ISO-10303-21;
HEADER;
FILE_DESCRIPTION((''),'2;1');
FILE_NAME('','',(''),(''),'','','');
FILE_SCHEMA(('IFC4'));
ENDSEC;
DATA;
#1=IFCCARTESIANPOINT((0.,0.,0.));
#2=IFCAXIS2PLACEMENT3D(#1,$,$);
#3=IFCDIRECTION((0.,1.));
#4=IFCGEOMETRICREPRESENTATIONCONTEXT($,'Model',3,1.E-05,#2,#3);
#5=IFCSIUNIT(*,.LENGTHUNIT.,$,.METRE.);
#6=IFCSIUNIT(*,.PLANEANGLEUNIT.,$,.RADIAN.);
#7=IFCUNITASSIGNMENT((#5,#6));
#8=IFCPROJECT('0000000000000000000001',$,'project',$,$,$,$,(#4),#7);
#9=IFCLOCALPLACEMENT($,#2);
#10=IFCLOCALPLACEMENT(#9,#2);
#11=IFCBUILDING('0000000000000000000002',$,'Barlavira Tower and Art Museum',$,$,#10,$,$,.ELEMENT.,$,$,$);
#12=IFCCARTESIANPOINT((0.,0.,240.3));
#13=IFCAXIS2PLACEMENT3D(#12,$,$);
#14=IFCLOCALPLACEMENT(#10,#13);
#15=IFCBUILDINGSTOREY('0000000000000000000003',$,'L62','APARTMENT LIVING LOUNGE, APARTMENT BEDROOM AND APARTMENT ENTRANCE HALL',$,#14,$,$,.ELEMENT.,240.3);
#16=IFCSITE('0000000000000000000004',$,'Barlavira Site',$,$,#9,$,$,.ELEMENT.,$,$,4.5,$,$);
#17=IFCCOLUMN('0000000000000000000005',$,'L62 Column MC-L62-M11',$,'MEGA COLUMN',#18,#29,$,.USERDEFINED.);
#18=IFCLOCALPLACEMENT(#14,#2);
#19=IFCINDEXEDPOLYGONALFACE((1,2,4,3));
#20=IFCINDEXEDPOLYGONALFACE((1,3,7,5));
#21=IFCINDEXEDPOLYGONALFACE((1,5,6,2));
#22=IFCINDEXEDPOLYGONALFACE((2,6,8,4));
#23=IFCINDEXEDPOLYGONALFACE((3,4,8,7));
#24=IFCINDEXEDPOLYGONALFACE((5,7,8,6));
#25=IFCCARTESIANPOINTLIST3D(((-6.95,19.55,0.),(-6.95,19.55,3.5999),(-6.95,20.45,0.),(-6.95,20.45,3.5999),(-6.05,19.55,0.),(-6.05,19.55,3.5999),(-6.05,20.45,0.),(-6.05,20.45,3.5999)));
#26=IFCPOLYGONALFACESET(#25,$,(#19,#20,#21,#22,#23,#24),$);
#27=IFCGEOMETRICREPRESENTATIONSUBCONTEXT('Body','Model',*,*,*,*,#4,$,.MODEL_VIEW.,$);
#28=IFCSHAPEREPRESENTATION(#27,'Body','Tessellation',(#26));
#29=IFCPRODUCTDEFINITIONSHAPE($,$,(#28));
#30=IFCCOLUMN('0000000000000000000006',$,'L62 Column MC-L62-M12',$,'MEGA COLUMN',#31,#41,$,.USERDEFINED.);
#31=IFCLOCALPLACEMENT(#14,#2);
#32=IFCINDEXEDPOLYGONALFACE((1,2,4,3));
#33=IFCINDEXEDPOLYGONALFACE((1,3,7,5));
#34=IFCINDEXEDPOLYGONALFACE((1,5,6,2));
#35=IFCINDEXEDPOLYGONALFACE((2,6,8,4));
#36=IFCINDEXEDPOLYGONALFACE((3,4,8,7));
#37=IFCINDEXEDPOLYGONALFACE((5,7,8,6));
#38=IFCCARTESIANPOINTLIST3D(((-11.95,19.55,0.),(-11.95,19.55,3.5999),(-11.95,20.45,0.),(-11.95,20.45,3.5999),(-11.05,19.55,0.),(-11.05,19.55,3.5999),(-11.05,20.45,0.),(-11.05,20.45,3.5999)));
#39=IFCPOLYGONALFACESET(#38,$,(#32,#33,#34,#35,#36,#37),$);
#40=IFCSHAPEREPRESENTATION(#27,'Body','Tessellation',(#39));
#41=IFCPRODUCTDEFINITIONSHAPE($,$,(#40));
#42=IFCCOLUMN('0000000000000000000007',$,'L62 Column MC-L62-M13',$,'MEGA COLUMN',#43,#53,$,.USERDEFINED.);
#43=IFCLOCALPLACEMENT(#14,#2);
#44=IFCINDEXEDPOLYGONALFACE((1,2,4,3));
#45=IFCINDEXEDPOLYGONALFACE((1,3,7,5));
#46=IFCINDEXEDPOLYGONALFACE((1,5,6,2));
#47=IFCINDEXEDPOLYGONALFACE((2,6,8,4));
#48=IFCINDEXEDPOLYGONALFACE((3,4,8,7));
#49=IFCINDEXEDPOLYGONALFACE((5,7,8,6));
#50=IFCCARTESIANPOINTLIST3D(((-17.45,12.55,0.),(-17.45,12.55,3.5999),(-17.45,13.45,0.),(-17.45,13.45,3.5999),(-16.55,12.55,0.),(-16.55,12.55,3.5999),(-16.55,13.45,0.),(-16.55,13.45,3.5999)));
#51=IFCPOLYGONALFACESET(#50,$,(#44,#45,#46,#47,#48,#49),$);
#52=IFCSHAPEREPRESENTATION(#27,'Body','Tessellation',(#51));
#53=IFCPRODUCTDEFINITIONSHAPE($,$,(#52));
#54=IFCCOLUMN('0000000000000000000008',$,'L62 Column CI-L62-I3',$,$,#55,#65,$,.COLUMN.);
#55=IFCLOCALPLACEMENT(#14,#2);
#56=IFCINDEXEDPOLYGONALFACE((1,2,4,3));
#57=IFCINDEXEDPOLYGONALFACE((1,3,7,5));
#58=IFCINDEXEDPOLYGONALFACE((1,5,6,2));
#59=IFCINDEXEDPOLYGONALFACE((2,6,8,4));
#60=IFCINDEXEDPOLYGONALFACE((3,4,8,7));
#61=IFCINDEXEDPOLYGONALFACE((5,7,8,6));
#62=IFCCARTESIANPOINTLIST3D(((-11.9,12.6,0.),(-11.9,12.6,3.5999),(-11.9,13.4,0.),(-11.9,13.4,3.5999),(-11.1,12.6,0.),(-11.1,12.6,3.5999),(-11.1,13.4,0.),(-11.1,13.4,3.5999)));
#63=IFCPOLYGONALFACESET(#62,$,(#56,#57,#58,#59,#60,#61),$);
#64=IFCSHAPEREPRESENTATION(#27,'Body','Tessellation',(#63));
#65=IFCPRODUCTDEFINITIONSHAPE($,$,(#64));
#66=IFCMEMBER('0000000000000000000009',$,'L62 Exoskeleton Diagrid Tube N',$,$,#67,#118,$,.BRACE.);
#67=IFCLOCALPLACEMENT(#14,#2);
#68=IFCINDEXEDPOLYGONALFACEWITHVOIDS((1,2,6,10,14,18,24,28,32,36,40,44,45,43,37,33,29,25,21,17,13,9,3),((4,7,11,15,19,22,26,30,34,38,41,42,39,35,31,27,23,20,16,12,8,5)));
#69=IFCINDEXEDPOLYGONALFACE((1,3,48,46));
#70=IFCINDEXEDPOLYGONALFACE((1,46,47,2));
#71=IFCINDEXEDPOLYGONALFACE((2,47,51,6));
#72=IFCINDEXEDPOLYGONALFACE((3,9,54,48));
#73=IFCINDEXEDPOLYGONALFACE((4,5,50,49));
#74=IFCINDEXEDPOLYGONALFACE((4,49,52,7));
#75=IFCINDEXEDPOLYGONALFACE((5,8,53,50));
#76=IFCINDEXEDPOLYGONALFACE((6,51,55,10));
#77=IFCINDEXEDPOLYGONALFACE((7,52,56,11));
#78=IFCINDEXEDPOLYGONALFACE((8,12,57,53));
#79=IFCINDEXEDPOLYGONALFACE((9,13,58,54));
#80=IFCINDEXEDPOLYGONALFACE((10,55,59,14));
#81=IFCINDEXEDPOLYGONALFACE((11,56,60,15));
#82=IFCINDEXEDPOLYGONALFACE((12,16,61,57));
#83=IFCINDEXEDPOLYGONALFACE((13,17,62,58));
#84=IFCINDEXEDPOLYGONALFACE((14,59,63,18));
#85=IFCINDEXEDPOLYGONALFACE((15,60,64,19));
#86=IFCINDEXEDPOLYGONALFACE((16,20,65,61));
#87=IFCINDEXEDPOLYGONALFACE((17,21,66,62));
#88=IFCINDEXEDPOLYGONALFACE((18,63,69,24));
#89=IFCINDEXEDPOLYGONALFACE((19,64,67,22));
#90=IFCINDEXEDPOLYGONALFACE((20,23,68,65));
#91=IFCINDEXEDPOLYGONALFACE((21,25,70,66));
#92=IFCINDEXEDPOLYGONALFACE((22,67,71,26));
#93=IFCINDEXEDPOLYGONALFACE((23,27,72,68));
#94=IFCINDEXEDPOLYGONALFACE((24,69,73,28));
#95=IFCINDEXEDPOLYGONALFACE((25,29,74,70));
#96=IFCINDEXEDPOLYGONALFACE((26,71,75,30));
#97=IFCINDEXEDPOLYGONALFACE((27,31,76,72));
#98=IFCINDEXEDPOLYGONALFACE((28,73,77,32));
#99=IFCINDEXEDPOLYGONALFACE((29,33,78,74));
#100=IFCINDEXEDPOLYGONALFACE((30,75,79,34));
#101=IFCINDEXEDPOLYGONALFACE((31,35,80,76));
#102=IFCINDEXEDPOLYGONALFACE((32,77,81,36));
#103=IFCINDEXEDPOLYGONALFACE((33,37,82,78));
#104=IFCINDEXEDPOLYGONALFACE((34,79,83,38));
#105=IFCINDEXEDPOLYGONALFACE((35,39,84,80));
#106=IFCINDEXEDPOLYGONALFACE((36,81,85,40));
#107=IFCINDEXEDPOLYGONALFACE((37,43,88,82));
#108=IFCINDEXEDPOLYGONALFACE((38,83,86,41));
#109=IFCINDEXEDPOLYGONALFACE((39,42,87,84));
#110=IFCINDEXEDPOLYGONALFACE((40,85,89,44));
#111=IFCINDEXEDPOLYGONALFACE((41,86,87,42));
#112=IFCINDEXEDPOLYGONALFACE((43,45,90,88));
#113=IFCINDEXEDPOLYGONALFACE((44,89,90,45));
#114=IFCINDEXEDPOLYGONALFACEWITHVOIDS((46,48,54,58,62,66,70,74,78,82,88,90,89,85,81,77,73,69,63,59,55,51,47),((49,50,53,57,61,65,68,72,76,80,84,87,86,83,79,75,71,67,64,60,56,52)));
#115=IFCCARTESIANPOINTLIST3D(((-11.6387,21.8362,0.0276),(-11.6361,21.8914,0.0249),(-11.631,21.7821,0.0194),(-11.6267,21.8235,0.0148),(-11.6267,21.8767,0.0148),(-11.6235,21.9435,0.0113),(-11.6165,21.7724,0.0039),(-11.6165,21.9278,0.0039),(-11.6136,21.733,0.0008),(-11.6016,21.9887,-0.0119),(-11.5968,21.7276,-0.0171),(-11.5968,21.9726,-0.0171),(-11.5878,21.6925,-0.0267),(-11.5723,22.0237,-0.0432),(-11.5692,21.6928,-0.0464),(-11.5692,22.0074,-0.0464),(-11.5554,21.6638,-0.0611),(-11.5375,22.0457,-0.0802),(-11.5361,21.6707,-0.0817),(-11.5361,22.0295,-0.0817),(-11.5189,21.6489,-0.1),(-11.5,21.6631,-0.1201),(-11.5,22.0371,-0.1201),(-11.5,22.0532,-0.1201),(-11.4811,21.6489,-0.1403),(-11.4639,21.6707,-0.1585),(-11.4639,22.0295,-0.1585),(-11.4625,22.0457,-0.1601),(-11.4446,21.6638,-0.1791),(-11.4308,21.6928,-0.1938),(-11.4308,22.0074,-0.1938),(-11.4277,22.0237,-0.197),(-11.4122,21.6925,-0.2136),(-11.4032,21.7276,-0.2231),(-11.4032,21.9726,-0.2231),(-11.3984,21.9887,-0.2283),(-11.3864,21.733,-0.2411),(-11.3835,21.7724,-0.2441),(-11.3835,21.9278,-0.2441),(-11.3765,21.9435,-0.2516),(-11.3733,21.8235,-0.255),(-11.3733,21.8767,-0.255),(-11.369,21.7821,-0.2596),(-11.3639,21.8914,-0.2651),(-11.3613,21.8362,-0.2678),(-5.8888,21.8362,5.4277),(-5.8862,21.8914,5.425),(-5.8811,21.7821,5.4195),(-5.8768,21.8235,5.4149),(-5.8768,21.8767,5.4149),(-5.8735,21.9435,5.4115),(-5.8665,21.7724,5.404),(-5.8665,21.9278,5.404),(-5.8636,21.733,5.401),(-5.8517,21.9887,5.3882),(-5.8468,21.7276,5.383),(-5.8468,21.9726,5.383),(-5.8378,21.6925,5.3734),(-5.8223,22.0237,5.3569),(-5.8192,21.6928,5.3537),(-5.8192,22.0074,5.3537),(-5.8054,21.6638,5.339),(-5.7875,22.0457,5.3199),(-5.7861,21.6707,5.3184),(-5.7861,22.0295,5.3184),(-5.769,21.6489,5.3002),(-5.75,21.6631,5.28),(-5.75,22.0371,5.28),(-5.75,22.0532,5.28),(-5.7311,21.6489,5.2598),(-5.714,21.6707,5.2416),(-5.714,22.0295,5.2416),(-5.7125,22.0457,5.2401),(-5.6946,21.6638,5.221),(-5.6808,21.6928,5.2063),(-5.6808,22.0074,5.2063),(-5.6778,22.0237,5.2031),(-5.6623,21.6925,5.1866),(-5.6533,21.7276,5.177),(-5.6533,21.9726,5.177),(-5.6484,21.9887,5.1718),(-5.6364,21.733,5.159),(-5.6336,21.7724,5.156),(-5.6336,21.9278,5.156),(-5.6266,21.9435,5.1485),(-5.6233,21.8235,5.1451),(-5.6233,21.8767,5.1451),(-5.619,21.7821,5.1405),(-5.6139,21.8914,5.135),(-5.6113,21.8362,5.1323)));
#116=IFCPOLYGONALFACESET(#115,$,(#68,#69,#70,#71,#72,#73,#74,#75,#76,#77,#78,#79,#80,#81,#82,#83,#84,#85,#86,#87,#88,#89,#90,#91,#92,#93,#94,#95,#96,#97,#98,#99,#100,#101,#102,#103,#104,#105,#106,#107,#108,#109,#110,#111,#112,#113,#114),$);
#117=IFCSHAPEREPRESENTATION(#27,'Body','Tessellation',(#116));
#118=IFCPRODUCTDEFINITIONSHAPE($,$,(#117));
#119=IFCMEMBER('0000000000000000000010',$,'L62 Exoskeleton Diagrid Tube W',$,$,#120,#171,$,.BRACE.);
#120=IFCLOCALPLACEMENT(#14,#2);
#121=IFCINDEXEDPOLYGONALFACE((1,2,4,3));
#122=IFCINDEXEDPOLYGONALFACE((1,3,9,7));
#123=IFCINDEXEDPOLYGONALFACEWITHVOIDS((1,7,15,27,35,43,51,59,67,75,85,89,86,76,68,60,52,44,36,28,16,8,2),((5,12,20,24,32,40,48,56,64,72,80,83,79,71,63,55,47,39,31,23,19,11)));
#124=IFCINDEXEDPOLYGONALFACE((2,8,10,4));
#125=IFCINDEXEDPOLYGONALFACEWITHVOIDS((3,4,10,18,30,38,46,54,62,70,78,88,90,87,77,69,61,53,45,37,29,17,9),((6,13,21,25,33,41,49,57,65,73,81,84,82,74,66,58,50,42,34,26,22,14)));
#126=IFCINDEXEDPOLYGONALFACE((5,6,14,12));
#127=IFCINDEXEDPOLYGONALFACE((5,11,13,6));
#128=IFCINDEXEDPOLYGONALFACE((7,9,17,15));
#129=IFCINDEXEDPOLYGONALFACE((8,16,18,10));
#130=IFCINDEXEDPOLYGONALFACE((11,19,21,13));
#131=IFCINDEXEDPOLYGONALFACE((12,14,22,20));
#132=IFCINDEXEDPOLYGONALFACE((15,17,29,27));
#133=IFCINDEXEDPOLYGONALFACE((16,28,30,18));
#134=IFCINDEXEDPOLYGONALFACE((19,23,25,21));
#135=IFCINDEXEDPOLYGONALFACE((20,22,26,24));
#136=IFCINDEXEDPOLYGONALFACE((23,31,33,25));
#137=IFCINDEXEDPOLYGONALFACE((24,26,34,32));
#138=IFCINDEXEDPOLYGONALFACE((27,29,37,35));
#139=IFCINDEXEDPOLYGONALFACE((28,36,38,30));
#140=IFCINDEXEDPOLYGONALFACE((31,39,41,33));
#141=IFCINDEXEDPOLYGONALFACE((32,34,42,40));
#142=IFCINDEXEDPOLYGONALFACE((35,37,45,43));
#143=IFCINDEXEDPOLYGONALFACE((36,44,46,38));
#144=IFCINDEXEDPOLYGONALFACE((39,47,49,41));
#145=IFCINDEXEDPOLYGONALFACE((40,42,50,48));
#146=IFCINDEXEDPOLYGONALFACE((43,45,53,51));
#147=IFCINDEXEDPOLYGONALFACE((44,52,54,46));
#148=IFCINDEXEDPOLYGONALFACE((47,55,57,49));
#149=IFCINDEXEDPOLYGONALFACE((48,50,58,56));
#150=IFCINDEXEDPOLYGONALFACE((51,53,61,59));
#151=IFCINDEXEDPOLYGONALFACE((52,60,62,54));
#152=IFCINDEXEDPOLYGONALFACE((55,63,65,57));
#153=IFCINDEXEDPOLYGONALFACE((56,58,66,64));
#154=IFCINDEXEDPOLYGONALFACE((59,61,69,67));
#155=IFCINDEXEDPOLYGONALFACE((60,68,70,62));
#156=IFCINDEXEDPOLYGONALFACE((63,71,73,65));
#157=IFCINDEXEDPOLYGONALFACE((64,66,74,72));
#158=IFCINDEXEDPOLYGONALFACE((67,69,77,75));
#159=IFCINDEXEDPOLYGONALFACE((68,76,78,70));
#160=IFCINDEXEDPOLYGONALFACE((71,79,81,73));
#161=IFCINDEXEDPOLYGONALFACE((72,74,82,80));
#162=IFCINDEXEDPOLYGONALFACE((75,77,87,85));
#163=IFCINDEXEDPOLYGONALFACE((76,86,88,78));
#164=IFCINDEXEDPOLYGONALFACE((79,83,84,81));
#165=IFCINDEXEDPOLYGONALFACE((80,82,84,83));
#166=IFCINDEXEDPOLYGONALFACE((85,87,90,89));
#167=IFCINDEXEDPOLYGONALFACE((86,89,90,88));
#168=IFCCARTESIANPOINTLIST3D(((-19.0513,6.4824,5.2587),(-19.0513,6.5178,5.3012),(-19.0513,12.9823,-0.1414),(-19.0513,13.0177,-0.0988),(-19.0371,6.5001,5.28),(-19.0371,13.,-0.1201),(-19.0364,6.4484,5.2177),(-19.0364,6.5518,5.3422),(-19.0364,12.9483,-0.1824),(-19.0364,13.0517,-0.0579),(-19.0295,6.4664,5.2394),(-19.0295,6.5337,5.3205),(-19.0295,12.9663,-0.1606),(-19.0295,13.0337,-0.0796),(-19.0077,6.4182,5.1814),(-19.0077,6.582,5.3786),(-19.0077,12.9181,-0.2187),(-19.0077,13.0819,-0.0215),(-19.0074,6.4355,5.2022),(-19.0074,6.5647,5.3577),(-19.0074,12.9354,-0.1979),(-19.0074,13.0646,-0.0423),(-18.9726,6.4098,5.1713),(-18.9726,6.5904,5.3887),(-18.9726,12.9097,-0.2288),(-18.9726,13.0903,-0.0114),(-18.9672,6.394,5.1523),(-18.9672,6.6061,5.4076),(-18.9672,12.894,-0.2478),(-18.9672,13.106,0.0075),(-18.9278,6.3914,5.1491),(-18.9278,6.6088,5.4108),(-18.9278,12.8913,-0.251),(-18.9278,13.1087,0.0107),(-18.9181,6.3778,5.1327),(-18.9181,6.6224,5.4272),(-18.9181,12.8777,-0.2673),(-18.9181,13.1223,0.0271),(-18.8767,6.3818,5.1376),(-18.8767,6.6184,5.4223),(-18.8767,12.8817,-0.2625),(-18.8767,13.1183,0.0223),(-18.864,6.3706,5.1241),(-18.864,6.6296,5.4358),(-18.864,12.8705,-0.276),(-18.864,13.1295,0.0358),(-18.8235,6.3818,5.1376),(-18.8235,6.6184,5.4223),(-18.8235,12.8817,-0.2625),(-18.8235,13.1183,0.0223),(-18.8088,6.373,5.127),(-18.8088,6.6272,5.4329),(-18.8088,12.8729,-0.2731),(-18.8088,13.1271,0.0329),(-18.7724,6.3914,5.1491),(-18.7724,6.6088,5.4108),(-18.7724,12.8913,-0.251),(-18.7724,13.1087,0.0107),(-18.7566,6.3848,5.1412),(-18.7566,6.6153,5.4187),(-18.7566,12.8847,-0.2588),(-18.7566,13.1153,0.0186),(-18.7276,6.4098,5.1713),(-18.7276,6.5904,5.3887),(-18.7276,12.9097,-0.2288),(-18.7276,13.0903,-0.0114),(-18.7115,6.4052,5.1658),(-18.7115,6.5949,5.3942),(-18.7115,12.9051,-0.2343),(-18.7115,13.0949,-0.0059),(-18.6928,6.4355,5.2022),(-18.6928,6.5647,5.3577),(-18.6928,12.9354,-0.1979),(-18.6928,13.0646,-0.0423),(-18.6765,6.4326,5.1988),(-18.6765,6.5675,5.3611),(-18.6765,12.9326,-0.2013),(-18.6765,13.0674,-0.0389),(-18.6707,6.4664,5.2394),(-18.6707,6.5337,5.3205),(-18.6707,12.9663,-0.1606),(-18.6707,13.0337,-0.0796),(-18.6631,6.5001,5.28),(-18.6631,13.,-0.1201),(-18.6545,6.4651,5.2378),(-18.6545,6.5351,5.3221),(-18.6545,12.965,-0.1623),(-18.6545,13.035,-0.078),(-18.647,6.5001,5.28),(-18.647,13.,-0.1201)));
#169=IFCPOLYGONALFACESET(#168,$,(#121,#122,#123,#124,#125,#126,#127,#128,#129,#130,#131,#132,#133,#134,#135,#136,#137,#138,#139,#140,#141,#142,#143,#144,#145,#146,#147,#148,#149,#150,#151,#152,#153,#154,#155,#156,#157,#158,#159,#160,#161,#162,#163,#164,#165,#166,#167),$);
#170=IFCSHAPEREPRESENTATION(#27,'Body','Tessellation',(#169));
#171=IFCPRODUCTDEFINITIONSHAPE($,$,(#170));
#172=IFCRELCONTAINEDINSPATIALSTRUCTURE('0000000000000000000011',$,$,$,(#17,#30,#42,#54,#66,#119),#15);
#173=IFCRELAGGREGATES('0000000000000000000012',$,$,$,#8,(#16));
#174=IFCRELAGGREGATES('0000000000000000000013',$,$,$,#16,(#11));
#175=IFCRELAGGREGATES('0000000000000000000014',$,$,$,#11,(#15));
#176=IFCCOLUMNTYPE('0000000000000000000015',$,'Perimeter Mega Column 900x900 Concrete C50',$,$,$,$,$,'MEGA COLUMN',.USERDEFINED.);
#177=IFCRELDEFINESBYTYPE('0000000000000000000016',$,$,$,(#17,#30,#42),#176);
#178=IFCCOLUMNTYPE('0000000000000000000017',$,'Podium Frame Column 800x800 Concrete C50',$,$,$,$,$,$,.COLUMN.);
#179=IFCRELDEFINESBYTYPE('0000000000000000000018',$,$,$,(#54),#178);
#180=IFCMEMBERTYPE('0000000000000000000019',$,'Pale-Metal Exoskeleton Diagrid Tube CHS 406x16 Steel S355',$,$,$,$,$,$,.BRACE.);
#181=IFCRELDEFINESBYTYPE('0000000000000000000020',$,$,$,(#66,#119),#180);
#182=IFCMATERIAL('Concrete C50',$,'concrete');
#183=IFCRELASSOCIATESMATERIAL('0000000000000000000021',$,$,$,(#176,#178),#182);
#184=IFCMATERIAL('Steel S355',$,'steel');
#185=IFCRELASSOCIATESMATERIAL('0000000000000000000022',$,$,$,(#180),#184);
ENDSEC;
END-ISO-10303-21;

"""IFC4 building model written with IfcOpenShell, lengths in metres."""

from ifc_helpers import new_model, si_unit, direction, frame, origin, origin_2d, place, context, subcontext, project, spatial, rectangle, hollow_circle, extrude, material, material_profile, profile_set, type_object, element, save


model = new_model("IFC4")

# Units and contexts
model_context = context("Model", 3, precision=1e-05, world=origin(), true_north=direction((0.0, 1.0)))
body_context = subcontext(model_context, "Body", "Model", "MODEL_VIEW")
ifc_project = project(units=[si_unit("LENGTHUNIT", "METRE"), si_unit("PLANEANGLEUNIT", "RADIAN")], contexts=[model_context])

# Site, building, storey
site_placement = place(None, origin())
site = spatial("IfcSite", under=ifc_project, at=site_placement, Name="Barlavira Site", CompositionType="ELEMENT", RefElevation=4.5)
building_placement = place(site_placement, origin())
building = spatial("IfcBuilding", under=site, at=building_placement, Name="Barlavira Tower and Art Museum", CompositionType="ELEMENT")
storey_placement = place(building_placement, frame((0.0, 0.0, 240.3)))
storey = spatial("IfcBuildingStorey", under=building, at=storey_placement, Name="L62", Description="APARTMENT LIVING LOUNGE, APARTMENT BEDROOM AND APARTMENT ENTRANCE HALL", CompositionType="ELEMENT", Elevation=240.3)

# Columns
ifc_material_1 = material(Name="Concrete C50", Category="concrete")
ifc_material_profile_1 = material_profile(ifc_material_1, rectangle(XDim=0.8999, YDim=0.8999, at=origin_2d()), Name="RC-COL 900x900")
ifc_profile_set_1 = profile_set([ifc_material_profile_1], Name="Concrete C50")
column_type_1 = type_object("IfcColumnType", Name="Perimeter Mega Column 900x900 Concrete C50", ElementType="MEGA COLUMN", PredefinedType="USERDEFINED", material=ifc_profile_set_1)
for number, where, z_axis, x_axis, name in (
    (1, (-6.5, 20.0, 0.0), (0.0, 0.0, 1.0), (1.0, 0.0, 0.0), "L62 Column MC-L62-M11"),
    (2, (-11.5, 20.0, 0.0), (0.0, 0.0, 1.0), (1.0, 0.0, 0.0), "L62 Column MC-L62-M12"),
    (3, (-17.0, 13.0, 0.0), (0.0, 0.0, 1.0), (1.0, 0.0, 0.0), "L62 Column MC-L62-M13"),
):
    element("IfcColumn", number, at=place(storey_placement, frame(where, z_axis=z_axis, x_axis=x_axis)), inside=storey, type_object=column_type_1, Name=name, ObjectType="MEGA COLUMN", PredefinedType="USERDEFINED", context=body_context, shape_type="SweptSolid", body=[
        extrude(rectangle(XDim=0.8999, YDim=0.8999, at=origin_2d()), origin(), (0.0, 0.0, 1.0), 3.5999),
    ])
ifc_material_profile_2 = material_profile(ifc_material_1, rectangle(XDim=0.8, YDim=0.8, at=origin_2d()), Name="RC-COL 800x800")
ifc_profile_set_2 = profile_set([ifc_material_profile_2], Name="Concrete C50")
column_type_2 = type_object("IfcColumnType", Name="Podium Frame Column 800x800 Concrete C50", PredefinedType="COLUMN", material=ifc_profile_set_2)
column_placement = place(storey_placement, frame((-11.5, 13.0, 0.0), z_axis=(0.0, 0.0, 1.0), x_axis=(1.0, 0.0, 0.0)))
element("IfcColumn", 4, at=column_placement, inside=storey, type_object=column_type_2, Name="L62 Column CI-L62-I3", PredefinedType="COLUMN", context=body_context, shape_type="SweptSolid", body=[
    extrude(rectangle(XDim=0.8, YDim=0.8, at=origin_2d()), origin(), (0.0, 0.0, 1.0), 3.5999),
])

# Members
ifc_material_2 = material(Name="Steel S355", Category="steel")
ifc_material_profile_3 = material_profile(ifc_material_2, hollow_circle(Radius=0.2031, WallThickness=0.0161, at=origin_2d()), Name="CHS 406.4x16.0")
ifc_profile_set_3 = profile_set([ifc_material_profile_3], Name="Steel S355")
member_type_1 = type_object("IfcMemberType", Name="Pale-Metal Exoskeleton Diagrid Tube CHS 406x16 Steel S355", PredefinedType="BRACE", material=ifc_profile_set_3)
member_1_placement = place(storey_placement, frame((-11.5, 21.8501, -0.1201), z_axis=(0.728935, 0.0, 0.684583), x_axis=(0.0, 1.0, 0.0)))
element("IfcMember", 5, at=member_1_placement, inside=storey, type_object=member_type_1, Name="L62 Exoskeleton Diagrid Tube N", PredefinedType="BRACE", context=body_context, shape_type="SweptSolid", body=[
    extrude(hollow_circle(Radius=0.2031, WallThickness=0.0161, at=origin_2d()), origin(), (0.0, 0.0, 1.0), 7.8882),
])
member_2_placement = place(storey_placement, frame((-18.8501, 13.0, -0.1201), z_axis=(0.0, -0.769182, 0.63903), x_axis=(1.0, 0.0, 0.0)))
element("IfcMember", 6, at=member_2_placement, inside=storey, type_object=member_type_1, Name="L62 Exoskeleton Diagrid Tube W", PredefinedType="BRACE", context=body_context, shape_type="SweptSolid", body=[
    extrude(hollow_circle(Radius=0.2031, WallThickness=0.0161, at=origin_2d()), origin(), (0.0, 0.0, 1.0), 8.4504),
])

save(model, "model.ifc")
